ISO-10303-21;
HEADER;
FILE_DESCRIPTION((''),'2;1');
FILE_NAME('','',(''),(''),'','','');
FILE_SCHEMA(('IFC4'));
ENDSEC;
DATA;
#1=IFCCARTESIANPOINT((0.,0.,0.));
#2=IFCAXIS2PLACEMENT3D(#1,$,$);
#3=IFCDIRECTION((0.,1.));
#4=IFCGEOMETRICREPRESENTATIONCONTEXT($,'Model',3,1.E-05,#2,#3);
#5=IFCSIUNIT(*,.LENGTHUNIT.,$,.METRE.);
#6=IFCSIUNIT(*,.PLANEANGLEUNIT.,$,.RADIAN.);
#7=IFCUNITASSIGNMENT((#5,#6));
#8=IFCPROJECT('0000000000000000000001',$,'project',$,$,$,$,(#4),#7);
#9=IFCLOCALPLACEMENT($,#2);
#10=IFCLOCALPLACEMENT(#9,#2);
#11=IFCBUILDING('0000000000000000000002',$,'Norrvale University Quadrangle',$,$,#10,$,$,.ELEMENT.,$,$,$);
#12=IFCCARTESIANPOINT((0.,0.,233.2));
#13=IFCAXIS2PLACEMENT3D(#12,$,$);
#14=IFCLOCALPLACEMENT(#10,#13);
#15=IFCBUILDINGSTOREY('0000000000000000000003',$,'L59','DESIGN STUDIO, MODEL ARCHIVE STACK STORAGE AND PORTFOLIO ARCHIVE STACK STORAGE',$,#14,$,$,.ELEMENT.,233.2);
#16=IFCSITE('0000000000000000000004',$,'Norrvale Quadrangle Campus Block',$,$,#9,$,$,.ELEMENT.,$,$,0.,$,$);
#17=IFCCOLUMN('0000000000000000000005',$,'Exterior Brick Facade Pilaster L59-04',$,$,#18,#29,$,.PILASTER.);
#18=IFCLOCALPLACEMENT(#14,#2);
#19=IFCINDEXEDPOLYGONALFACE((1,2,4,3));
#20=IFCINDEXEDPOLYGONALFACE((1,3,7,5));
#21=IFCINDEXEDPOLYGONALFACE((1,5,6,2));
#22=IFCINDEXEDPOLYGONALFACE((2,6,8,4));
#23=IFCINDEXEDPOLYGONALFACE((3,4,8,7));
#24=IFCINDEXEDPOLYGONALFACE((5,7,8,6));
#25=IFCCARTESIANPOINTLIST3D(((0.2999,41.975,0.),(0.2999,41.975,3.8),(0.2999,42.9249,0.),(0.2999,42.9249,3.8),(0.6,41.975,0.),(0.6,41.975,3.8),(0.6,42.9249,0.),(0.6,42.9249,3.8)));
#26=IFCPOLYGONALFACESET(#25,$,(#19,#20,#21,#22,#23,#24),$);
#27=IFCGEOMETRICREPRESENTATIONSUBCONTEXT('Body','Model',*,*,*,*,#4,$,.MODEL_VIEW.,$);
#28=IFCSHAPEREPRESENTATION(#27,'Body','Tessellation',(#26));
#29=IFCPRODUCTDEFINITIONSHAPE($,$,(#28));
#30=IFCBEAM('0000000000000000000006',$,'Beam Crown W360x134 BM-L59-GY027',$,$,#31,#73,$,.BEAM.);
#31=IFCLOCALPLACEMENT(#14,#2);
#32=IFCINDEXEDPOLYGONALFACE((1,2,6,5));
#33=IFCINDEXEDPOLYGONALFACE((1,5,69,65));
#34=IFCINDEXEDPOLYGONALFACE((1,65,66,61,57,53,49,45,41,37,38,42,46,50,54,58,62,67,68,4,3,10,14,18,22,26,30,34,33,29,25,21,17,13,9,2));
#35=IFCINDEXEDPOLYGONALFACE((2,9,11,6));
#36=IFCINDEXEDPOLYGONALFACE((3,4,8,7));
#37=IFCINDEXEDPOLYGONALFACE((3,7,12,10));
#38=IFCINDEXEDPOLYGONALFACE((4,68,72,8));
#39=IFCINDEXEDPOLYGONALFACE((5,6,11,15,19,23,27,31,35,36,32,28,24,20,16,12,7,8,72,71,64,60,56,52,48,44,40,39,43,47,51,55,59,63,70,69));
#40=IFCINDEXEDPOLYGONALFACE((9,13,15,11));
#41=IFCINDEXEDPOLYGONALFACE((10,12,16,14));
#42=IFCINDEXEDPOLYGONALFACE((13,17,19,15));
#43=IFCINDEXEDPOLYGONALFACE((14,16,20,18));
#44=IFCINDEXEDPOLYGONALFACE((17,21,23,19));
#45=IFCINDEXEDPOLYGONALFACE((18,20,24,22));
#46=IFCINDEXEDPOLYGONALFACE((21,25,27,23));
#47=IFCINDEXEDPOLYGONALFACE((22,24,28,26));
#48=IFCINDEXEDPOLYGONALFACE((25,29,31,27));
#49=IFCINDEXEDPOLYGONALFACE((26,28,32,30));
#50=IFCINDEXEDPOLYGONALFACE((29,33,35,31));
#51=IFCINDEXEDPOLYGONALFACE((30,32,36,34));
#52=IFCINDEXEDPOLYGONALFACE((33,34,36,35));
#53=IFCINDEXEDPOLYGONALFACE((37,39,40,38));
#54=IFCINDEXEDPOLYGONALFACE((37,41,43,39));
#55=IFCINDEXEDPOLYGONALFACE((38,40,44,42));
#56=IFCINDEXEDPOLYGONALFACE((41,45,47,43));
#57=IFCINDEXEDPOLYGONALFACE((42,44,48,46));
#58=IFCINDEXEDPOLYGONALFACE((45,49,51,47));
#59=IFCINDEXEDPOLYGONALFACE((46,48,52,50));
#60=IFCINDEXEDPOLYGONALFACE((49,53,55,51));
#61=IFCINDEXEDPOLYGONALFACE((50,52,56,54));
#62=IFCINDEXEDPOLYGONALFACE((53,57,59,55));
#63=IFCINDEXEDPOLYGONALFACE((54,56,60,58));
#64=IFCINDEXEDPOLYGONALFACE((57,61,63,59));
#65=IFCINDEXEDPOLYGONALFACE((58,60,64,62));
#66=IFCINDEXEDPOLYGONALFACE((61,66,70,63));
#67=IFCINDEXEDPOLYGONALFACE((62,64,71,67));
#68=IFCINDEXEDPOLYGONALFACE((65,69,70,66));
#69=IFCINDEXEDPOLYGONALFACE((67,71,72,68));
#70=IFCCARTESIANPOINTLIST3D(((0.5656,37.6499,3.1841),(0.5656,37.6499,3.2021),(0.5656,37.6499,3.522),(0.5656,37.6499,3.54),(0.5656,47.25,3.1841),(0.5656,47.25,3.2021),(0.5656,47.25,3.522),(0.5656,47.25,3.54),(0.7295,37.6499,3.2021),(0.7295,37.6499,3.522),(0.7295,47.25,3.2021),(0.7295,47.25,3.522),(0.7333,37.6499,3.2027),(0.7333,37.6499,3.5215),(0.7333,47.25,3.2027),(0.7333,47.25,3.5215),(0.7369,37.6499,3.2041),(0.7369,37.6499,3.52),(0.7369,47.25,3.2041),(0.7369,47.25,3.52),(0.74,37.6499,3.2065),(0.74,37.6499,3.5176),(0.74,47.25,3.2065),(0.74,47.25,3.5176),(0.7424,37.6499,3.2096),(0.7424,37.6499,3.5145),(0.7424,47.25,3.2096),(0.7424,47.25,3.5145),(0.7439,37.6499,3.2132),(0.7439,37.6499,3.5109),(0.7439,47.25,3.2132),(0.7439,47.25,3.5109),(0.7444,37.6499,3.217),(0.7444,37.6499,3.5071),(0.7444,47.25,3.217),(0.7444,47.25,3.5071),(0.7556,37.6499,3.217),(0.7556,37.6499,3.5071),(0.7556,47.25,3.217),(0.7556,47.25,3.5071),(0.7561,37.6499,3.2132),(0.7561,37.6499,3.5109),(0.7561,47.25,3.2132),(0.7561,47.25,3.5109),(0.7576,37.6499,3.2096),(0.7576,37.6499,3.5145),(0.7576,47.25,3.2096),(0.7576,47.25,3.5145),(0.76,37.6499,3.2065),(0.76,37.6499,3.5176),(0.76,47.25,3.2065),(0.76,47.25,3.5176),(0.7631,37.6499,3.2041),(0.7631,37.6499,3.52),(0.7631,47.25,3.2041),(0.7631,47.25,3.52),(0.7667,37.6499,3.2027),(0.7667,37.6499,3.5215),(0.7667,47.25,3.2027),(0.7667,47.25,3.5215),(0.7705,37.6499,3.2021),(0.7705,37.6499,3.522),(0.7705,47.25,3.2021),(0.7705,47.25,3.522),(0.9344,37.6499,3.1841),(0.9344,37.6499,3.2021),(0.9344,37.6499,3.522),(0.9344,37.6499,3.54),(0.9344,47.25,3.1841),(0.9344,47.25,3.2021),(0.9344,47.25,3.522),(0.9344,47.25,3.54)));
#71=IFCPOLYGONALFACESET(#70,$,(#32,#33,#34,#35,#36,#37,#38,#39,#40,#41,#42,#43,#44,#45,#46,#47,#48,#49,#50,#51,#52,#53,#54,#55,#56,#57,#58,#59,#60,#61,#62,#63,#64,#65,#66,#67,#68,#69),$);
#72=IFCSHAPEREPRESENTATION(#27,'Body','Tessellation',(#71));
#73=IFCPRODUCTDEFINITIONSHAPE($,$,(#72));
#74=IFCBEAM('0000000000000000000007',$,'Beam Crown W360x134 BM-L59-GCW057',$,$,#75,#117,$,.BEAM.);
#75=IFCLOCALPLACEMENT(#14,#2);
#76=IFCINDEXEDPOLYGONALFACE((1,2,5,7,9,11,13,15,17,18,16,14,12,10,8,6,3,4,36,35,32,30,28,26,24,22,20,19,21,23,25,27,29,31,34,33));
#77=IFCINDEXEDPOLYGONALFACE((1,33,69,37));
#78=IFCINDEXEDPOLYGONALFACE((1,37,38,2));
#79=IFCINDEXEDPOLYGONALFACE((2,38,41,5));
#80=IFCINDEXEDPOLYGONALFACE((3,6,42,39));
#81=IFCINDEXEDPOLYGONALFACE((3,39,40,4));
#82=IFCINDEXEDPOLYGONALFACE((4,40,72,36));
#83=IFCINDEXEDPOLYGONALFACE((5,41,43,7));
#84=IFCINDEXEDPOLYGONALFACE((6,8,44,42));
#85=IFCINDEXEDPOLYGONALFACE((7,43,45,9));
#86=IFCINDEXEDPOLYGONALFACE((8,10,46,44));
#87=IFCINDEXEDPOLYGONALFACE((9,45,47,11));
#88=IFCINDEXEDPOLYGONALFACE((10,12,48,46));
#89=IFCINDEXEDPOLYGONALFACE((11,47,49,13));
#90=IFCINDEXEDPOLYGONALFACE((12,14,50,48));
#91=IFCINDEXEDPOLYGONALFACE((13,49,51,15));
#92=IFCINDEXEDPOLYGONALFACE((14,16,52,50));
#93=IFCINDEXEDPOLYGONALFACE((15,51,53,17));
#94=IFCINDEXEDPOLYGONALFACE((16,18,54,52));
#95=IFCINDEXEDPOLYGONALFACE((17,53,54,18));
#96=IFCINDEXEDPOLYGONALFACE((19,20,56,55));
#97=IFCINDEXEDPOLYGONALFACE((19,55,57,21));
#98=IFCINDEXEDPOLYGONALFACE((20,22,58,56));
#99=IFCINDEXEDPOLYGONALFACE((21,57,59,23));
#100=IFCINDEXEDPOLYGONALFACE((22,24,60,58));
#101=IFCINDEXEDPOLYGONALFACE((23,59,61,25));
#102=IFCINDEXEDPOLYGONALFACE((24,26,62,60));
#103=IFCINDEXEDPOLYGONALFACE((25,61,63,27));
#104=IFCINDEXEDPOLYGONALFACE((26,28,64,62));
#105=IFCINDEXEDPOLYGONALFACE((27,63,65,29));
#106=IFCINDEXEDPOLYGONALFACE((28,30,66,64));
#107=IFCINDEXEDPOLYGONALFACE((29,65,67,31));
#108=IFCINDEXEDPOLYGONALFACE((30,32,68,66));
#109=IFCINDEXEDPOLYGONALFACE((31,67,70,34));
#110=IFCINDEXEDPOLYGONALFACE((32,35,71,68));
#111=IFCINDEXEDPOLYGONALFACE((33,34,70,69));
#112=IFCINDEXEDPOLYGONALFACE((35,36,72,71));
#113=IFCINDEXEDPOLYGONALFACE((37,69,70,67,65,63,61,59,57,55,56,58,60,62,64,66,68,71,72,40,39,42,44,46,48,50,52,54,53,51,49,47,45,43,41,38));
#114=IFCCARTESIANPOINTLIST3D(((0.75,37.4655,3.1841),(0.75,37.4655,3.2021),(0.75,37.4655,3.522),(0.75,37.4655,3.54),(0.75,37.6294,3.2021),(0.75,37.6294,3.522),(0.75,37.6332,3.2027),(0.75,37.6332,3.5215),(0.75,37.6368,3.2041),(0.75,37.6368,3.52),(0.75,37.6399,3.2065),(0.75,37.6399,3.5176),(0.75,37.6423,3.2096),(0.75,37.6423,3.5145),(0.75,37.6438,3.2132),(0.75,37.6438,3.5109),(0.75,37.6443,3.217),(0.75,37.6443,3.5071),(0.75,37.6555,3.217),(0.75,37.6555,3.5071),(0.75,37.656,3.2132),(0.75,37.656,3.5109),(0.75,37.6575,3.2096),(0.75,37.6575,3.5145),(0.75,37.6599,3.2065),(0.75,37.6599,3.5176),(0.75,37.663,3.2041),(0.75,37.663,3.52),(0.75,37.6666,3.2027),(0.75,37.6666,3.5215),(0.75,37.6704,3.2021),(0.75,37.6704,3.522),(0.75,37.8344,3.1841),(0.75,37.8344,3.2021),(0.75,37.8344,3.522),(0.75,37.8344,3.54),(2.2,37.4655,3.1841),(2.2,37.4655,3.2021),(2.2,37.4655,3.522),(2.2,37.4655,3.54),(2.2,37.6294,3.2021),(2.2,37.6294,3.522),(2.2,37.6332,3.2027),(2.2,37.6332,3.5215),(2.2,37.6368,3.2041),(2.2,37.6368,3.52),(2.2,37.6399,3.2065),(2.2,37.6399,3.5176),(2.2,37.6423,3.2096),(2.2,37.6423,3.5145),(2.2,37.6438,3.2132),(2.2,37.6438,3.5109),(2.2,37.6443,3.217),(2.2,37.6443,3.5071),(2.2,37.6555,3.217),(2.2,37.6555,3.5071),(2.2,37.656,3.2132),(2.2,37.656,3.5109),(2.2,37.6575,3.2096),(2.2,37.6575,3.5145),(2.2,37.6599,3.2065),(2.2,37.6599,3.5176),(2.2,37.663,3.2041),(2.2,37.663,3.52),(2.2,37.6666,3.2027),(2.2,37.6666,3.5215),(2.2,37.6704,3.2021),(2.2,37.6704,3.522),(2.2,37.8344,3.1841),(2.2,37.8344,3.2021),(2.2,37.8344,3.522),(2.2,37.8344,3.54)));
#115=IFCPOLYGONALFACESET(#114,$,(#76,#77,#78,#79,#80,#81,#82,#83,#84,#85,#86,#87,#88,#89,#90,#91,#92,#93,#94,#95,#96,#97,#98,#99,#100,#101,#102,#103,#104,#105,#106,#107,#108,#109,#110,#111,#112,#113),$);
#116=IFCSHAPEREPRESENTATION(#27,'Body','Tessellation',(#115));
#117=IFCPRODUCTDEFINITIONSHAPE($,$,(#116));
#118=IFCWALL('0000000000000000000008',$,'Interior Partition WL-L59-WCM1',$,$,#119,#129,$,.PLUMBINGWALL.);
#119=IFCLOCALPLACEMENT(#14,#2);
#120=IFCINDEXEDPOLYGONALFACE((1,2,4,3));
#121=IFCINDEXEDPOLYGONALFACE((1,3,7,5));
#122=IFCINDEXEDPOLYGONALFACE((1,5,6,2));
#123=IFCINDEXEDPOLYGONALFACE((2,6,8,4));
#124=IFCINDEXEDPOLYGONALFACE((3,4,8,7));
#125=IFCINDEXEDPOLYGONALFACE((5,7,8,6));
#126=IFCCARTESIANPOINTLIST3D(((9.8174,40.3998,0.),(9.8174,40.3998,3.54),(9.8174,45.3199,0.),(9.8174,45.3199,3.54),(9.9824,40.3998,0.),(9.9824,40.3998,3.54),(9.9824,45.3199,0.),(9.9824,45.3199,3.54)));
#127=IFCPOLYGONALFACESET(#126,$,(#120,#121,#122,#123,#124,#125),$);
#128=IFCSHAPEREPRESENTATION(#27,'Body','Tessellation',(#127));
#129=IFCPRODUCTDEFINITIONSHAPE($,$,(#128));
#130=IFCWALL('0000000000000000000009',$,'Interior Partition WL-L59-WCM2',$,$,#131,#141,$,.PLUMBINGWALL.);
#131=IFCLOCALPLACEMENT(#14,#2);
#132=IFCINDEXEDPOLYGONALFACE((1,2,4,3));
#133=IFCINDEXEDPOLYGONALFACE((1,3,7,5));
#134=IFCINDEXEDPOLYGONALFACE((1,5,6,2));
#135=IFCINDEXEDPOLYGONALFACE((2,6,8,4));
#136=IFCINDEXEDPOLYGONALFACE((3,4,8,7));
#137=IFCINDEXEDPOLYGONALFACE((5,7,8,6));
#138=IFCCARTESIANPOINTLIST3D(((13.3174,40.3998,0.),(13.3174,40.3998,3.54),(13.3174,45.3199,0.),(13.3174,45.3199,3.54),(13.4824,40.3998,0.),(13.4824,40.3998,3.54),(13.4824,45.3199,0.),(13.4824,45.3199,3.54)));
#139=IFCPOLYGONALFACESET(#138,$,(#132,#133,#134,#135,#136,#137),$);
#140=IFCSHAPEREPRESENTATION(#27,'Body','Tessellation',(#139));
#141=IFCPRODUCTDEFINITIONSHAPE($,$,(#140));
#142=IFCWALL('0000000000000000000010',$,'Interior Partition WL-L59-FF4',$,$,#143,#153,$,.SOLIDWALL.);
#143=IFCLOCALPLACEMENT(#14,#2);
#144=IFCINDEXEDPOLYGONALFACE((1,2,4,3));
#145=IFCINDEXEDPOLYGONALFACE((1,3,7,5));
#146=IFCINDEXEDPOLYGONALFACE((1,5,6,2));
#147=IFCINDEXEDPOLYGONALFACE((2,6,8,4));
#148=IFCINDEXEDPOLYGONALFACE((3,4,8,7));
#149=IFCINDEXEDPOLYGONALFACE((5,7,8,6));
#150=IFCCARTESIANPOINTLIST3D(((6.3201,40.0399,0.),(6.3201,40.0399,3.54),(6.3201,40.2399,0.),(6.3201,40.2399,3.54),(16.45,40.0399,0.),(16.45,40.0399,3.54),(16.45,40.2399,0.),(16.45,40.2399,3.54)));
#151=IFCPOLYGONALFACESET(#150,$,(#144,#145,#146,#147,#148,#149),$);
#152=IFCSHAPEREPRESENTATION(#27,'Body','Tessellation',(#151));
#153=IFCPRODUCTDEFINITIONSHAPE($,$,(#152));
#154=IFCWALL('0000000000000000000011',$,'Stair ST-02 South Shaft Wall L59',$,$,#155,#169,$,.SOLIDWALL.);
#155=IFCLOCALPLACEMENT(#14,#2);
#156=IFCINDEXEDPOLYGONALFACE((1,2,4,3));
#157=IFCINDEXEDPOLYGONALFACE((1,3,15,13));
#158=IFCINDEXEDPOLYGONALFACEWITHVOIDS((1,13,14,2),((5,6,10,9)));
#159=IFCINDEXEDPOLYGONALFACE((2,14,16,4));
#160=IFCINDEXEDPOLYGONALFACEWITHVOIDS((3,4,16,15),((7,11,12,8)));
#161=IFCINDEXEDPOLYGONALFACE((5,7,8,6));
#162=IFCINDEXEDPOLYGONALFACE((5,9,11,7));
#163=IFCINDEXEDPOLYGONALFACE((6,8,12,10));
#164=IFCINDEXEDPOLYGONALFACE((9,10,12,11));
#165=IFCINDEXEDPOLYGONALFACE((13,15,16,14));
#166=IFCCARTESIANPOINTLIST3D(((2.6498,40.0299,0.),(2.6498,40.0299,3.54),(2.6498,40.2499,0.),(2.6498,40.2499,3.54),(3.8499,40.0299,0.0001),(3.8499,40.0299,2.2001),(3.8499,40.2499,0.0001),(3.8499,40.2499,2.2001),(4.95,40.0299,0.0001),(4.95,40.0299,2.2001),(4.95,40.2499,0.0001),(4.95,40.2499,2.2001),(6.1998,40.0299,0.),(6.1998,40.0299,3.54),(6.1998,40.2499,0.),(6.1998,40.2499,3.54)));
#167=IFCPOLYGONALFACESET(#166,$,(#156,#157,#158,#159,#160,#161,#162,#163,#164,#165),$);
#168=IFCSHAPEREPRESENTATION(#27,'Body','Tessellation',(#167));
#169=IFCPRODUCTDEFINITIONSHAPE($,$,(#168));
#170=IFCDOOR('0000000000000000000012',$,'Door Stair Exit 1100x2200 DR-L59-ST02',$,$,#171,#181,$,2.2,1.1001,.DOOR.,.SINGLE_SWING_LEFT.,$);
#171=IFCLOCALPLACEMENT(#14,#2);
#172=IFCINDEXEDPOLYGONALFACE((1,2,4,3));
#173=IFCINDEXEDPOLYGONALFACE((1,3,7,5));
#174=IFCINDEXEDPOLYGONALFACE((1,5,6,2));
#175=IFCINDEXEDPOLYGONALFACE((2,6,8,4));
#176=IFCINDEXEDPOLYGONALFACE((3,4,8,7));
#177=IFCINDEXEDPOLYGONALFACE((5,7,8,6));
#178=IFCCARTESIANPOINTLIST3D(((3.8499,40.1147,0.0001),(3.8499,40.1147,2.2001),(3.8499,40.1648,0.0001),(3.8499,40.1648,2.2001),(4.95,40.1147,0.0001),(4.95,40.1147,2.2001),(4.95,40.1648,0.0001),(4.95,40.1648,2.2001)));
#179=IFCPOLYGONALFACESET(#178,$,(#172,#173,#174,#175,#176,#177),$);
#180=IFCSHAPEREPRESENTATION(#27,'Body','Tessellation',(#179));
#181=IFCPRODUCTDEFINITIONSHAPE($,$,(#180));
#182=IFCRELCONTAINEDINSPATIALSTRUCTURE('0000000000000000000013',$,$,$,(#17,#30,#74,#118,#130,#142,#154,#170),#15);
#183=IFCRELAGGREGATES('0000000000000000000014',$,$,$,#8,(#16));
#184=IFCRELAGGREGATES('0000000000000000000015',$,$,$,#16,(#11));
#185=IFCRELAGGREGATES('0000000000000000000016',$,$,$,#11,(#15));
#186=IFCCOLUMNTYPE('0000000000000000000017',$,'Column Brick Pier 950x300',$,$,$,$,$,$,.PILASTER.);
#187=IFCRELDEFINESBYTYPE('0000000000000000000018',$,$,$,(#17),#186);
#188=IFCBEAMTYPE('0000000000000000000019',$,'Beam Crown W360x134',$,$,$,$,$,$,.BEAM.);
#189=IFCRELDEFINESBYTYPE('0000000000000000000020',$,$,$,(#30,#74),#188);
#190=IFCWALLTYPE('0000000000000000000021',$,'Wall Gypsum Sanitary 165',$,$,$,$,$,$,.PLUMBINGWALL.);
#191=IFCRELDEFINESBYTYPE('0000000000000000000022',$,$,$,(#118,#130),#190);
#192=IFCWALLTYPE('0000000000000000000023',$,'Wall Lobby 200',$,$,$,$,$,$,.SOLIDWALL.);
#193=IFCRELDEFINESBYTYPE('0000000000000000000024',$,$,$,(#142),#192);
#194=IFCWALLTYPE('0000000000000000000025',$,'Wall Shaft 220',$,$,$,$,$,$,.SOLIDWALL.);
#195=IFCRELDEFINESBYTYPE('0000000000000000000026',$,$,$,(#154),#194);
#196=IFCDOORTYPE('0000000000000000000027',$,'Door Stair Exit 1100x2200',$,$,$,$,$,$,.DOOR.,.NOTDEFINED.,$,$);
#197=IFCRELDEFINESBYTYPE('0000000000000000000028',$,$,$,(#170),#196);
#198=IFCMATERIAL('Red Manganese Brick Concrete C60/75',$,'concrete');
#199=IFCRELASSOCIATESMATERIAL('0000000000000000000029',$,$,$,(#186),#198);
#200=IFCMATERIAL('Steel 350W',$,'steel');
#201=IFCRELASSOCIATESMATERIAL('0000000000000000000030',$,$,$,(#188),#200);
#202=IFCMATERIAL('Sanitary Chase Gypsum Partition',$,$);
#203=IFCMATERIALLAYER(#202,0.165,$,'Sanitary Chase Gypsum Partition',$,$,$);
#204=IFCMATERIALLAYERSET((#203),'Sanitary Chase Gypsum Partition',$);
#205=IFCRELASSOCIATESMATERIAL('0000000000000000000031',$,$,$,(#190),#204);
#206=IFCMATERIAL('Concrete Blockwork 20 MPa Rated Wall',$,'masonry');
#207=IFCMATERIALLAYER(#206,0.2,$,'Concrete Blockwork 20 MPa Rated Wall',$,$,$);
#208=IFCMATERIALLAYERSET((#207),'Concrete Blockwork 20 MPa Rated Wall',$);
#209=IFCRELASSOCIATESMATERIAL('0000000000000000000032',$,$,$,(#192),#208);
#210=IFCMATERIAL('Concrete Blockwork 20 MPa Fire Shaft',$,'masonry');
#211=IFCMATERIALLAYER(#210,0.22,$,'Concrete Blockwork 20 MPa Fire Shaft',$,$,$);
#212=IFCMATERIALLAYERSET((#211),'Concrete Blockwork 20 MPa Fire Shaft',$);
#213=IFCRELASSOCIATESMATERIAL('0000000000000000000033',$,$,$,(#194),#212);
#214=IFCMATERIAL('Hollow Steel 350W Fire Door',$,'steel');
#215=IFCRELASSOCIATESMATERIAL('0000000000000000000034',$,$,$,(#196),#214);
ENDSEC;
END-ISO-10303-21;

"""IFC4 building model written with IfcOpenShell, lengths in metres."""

from ifc_helpers import new_model, si_unit, direction, frame, frame_2d, origin, origin_2d, place, context, subcontext, project, spatial, rectangle, i_section, extrude, material, layer, layer_set, material_profile, profile_set, type_object, element, fill, save


model = new_model("IFC4")

# Units and contexts
model_context = context("Model", 3, precision=1e-05, world=origin(), true_north=direction((0.0, 1.0)))
body_context = subcontext(model_context, "Body", "Model", "MODEL_VIEW")
ifc_project = project(units=[si_unit("LENGTHUNIT", "METRE"), si_unit("PLANEANGLEUNIT", "RADIAN")], contexts=[model_context])

# Site, building, storey
site_placement = place(None, origin())
site = spatial("IfcSite", under=ifc_project, at=site_placement, Name="Norrvale Quadrangle Campus Block", CompositionType="ELEMENT", RefElevation=0.0)
building_placement = place(site_placement, origin())
building = spatial("IfcBuilding", under=site, at=building_placement, Name="Norrvale University Quadrangle", CompositionType="ELEMENT")
storey_placement = place(building_placement, frame((0.0, 0.0, 233.2)))
storey = spatial("IfcBuildingStorey", under=building, at=storey_placement, Name="L59", Description="DESIGN STUDIO, MODEL ARCHIVE STACK STORAGE AND PORTFOLIO ARCHIVE STACK STORAGE", CompositionType="ELEMENT", Elevation=233.2)

# Column
ifc_material_1 = material(Name="Red Manganese Brick Concrete C60/75", Category="concrete")
ifc_material_profile_1 = material_profile(ifc_material_1, rectangle(XDim=0.95, YDim=0.3, at=origin_2d()), Name="Red Manganese Brick Concrete C60/75")
ifc_profile_set_1 = profile_set([ifc_material_profile_1], Name="Red Manganese Brick Concrete C60/75")
column_type = type_object("IfcColumnType", Name="Column Brick Pier 950x300", PredefinedType="PILASTER", material=ifc_profile_set_1)
column_placement = place(storey_placement, frame((0.45, 42.45, 0.0), z_axis=(0.0, 0.0, 1.0), x_axis=(0.0, 1.0, 0.0)))
element("IfcColumn", 1, at=column_placement, inside=storey, type_object=column_type, Name="Exterior Brick Facade Pilaster L59-04", PredefinedType="PILASTER", context=body_context, shape_type="SweptSolid", body=[
    extrude(rectangle(XDim=0.95, YDim=0.3, at=origin_2d()), origin(), (0.0, 0.0, 1.0), 3.8),
])

# Beams
ifc_material_2 = material(Name="Steel 350W", Category="steel")
ifc_material_profile_2 = material_profile(ifc_material_2, i_section(OverallWidth=0.3689, OverallDepth=0.356, WebThickness=0.0112, FlangeThickness=0.0181, FilletRadius=0.0149, at=origin_2d()), Name="Steel 350W")
ifc_profile_set_2 = profile_set([ifc_material_profile_2], Name="Steel 350W")
beam_type = type_object("IfcBeamType", Name="Beam Crown W360x134", PredefinedType="BEAM", material=ifc_profile_set_2)
beam_1_placement = place(storey_placement, frame((0.75, 37.6499, 3.3621), z_axis=(0.0, 1.0, 0.0), x_axis=(-1.0, 0.0, 0.0)))
element("IfcBeam", 2, at=beam_1_placement, inside=storey, type_object=beam_type, Name="Beam Crown W360x134 BM-L59-GY027", PredefinedType="BEAM", context=body_context, shape_type="SweptSolid", body=[
    extrude(i_section(OverallWidth=0.3689, OverallDepth=0.356, WebThickness=0.0112, FlangeThickness=0.0181, FilletRadius=0.0149, at=origin_2d()), origin(), (0.0, 0.0, 1.0), 9.6001),
])
beam_2_placement = place(storey_placement, frame((0.75, 37.6499, 3.3621), z_axis=(1.0, 0.0, 0.0), x_axis=(0.0, 1.0, 0.0)))
element("IfcBeam", 3, at=beam_2_placement, inside=storey, type_object=beam_type, Name="Beam Crown W360x134 BM-L59-GCW057", PredefinedType="BEAM", context=body_context, shape_type="SweptSolid", body=[
    extrude(i_section(OverallWidth=0.3689, OverallDepth=0.356, WebThickness=0.0112, FlangeThickness=0.0181, FilletRadius=0.0149, at=origin_2d()), origin(), (0.0, 0.0, 1.0), 1.45),
])

# Walls
ifc_material_3 = material(Name="Sanitary Chase Gypsum Partition")
ifc_layer_1 = layer(ifc_material_3, 0.165, Name="Sanitary Chase Gypsum Partition")
ifc_layer_set_1 = layer_set([ifc_layer_1], Name="Sanitary Chase Gypsum Partition")
wall_type_1 = type_object("IfcWallType", Name="Wall Gypsum Sanitary 165", PredefinedType="PLUMBINGWALL", material=ifc_layer_set_1)
for number, where, z_axis, x_axis, name in (
    (4, (9.8999, 40.3999, 0.0), (0.0, 0.0, 1.0), (0.0, 1.0, 0.0), "Interior Partition WL-L59-WCM1"),
    (5, (13.3999, 40.3999, 0.0), (0.0, 0.0, 1.0), (0.0, 1.0, 0.0), "Interior Partition WL-L59-WCM2"),
):
    element("IfcWall", number, at=place(storey_placement, frame(where, z_axis=z_axis, x_axis=x_axis)), inside=storey, type_object=wall_type_1, Name=name, PredefinedType="PLUMBINGWALL", context=body_context, shape_type="SweptSolid", body=[
        extrude(rectangle(XDim=4.9202, YDim=0.165, at=frame_2d((2.46, 0.0))), origin(), (0.0, 0.0, 1.0), 3.54),
    ])
ifc_material_4 = material(Name="Concrete Blockwork 20 MPa Rated Wall", Category="masonry")
ifc_layer_2 = layer(ifc_material_4, 0.2, Name="Concrete Blockwork 20 MPa Rated Wall")
ifc_layer_set_2 = layer_set([ifc_layer_2], Name="Concrete Blockwork 20 MPa Rated Wall")
wall_type_2 = type_object("IfcWallType", Name="Wall Lobby 200", PredefinedType="SOLIDWALL", material=ifc_layer_set_2)
wall_1_placement = place(storey_placement, frame((6.3201, 40.1399, 0.0), z_axis=(0.0, 0.0, 1.0), x_axis=(1.0, 0.0, 0.0)))
element("IfcWall", 6, at=wall_1_placement, inside=storey, type_object=wall_type_2, Name="Interior Partition WL-L59-FF4", PredefinedType="SOLIDWALL", context=body_context, shape_type="SweptSolid", body=[
    extrude(rectangle(XDim=10.1299, YDim=0.2, at=frame_2d((5.0649, 0.0))), origin(), (0.0, 0.0, 1.0), 3.54),
])

# Wall, opening, door
ifc_material_5 = material(Name="Concrete Blockwork 20 MPa Fire Shaft", Category="masonry")
ifc_layer_3 = layer(ifc_material_5, 0.22, Name="Concrete Blockwork 20 MPa Fire Shaft")
ifc_layer_set_3 = layer_set([ifc_layer_3], Name="Concrete Blockwork 20 MPa Fire Shaft")
wall_type_3 = type_object("IfcWallType", Name="Wall Shaft 220", PredefinedType="SOLIDWALL", material=ifc_layer_set_3)
wall_2_placement = place(storey_placement, frame((2.6499, 40.1399, 0.0), z_axis=(0.0, 0.0, 1.0), x_axis=(1.0, 0.0, 0.0)))
wall_2 = element("IfcWall", 7, at=wall_2_placement, inside=storey, type_object=wall_type_3, Name="Stair ST-02 South Shaft Wall L59", PredefinedType="SOLIDWALL", context=body_context, shape_type="SweptSolid", body=[
    extrude(rectangle(XDim=3.55, YDim=0.22, at=frame_2d((1.7749, 0.0))), origin(), (0.0, 0.0, 1.0), 3.54),
])
opening_placement = place(wall_2_placement, frame((1.2, 0.0, 0.0)))
opening = element("IfcOpeningElement", 8, at=opening_placement, cuts=wall_2, PredefinedType="OPENING", context=body_context, shape_type="SweptSolid", body=[
    extrude(rectangle(XDim=1.1001, YDim=2.2, at=frame_2d((0.55, 1.1001))), frame((0.0, 0.1221, 0.0), z_axis=(0.0, -1.0, 0.0), x_axis=(1.0, 0.0, 0.0)), (0.0, 0.0, 1.0), 0.2439),
])
ifc_material_6 = material(Name="Hollow Steel 350W Fire Door", Category="steel")
door_type = type_object("IfcDoorType", Name="Door Stair Exit 1100x2200", OperationType="NOTDEFINED", PredefinedType="DOOR", material=ifc_material_6)
door_placement = place(opening_placement, origin())
door = element("IfcDoor", 9, at=door_placement, inside=storey, type_object=door_type, Name="Door Stair Exit 1100x2200 DR-L59-ST02", OperationType="SINGLE_SWING_LEFT", OverallHeight=2.2, OverallWidth=1.1001, PredefinedType="DOOR", context=body_context, shape_type="SweptSolid", body=[
    extrude(rectangle(XDim=1.1001, YDim=2.2, at=frame_2d((0.55, 1.1001))), frame((0.0, 0.0249, 0.0), z_axis=(0.0, -1.0, 0.0), x_axis=(1.0, 0.0, 0.0)), (0.0, 0.0, 1.0), 0.05),
])
fill(opening, door)

save(model, "model.ifc")
